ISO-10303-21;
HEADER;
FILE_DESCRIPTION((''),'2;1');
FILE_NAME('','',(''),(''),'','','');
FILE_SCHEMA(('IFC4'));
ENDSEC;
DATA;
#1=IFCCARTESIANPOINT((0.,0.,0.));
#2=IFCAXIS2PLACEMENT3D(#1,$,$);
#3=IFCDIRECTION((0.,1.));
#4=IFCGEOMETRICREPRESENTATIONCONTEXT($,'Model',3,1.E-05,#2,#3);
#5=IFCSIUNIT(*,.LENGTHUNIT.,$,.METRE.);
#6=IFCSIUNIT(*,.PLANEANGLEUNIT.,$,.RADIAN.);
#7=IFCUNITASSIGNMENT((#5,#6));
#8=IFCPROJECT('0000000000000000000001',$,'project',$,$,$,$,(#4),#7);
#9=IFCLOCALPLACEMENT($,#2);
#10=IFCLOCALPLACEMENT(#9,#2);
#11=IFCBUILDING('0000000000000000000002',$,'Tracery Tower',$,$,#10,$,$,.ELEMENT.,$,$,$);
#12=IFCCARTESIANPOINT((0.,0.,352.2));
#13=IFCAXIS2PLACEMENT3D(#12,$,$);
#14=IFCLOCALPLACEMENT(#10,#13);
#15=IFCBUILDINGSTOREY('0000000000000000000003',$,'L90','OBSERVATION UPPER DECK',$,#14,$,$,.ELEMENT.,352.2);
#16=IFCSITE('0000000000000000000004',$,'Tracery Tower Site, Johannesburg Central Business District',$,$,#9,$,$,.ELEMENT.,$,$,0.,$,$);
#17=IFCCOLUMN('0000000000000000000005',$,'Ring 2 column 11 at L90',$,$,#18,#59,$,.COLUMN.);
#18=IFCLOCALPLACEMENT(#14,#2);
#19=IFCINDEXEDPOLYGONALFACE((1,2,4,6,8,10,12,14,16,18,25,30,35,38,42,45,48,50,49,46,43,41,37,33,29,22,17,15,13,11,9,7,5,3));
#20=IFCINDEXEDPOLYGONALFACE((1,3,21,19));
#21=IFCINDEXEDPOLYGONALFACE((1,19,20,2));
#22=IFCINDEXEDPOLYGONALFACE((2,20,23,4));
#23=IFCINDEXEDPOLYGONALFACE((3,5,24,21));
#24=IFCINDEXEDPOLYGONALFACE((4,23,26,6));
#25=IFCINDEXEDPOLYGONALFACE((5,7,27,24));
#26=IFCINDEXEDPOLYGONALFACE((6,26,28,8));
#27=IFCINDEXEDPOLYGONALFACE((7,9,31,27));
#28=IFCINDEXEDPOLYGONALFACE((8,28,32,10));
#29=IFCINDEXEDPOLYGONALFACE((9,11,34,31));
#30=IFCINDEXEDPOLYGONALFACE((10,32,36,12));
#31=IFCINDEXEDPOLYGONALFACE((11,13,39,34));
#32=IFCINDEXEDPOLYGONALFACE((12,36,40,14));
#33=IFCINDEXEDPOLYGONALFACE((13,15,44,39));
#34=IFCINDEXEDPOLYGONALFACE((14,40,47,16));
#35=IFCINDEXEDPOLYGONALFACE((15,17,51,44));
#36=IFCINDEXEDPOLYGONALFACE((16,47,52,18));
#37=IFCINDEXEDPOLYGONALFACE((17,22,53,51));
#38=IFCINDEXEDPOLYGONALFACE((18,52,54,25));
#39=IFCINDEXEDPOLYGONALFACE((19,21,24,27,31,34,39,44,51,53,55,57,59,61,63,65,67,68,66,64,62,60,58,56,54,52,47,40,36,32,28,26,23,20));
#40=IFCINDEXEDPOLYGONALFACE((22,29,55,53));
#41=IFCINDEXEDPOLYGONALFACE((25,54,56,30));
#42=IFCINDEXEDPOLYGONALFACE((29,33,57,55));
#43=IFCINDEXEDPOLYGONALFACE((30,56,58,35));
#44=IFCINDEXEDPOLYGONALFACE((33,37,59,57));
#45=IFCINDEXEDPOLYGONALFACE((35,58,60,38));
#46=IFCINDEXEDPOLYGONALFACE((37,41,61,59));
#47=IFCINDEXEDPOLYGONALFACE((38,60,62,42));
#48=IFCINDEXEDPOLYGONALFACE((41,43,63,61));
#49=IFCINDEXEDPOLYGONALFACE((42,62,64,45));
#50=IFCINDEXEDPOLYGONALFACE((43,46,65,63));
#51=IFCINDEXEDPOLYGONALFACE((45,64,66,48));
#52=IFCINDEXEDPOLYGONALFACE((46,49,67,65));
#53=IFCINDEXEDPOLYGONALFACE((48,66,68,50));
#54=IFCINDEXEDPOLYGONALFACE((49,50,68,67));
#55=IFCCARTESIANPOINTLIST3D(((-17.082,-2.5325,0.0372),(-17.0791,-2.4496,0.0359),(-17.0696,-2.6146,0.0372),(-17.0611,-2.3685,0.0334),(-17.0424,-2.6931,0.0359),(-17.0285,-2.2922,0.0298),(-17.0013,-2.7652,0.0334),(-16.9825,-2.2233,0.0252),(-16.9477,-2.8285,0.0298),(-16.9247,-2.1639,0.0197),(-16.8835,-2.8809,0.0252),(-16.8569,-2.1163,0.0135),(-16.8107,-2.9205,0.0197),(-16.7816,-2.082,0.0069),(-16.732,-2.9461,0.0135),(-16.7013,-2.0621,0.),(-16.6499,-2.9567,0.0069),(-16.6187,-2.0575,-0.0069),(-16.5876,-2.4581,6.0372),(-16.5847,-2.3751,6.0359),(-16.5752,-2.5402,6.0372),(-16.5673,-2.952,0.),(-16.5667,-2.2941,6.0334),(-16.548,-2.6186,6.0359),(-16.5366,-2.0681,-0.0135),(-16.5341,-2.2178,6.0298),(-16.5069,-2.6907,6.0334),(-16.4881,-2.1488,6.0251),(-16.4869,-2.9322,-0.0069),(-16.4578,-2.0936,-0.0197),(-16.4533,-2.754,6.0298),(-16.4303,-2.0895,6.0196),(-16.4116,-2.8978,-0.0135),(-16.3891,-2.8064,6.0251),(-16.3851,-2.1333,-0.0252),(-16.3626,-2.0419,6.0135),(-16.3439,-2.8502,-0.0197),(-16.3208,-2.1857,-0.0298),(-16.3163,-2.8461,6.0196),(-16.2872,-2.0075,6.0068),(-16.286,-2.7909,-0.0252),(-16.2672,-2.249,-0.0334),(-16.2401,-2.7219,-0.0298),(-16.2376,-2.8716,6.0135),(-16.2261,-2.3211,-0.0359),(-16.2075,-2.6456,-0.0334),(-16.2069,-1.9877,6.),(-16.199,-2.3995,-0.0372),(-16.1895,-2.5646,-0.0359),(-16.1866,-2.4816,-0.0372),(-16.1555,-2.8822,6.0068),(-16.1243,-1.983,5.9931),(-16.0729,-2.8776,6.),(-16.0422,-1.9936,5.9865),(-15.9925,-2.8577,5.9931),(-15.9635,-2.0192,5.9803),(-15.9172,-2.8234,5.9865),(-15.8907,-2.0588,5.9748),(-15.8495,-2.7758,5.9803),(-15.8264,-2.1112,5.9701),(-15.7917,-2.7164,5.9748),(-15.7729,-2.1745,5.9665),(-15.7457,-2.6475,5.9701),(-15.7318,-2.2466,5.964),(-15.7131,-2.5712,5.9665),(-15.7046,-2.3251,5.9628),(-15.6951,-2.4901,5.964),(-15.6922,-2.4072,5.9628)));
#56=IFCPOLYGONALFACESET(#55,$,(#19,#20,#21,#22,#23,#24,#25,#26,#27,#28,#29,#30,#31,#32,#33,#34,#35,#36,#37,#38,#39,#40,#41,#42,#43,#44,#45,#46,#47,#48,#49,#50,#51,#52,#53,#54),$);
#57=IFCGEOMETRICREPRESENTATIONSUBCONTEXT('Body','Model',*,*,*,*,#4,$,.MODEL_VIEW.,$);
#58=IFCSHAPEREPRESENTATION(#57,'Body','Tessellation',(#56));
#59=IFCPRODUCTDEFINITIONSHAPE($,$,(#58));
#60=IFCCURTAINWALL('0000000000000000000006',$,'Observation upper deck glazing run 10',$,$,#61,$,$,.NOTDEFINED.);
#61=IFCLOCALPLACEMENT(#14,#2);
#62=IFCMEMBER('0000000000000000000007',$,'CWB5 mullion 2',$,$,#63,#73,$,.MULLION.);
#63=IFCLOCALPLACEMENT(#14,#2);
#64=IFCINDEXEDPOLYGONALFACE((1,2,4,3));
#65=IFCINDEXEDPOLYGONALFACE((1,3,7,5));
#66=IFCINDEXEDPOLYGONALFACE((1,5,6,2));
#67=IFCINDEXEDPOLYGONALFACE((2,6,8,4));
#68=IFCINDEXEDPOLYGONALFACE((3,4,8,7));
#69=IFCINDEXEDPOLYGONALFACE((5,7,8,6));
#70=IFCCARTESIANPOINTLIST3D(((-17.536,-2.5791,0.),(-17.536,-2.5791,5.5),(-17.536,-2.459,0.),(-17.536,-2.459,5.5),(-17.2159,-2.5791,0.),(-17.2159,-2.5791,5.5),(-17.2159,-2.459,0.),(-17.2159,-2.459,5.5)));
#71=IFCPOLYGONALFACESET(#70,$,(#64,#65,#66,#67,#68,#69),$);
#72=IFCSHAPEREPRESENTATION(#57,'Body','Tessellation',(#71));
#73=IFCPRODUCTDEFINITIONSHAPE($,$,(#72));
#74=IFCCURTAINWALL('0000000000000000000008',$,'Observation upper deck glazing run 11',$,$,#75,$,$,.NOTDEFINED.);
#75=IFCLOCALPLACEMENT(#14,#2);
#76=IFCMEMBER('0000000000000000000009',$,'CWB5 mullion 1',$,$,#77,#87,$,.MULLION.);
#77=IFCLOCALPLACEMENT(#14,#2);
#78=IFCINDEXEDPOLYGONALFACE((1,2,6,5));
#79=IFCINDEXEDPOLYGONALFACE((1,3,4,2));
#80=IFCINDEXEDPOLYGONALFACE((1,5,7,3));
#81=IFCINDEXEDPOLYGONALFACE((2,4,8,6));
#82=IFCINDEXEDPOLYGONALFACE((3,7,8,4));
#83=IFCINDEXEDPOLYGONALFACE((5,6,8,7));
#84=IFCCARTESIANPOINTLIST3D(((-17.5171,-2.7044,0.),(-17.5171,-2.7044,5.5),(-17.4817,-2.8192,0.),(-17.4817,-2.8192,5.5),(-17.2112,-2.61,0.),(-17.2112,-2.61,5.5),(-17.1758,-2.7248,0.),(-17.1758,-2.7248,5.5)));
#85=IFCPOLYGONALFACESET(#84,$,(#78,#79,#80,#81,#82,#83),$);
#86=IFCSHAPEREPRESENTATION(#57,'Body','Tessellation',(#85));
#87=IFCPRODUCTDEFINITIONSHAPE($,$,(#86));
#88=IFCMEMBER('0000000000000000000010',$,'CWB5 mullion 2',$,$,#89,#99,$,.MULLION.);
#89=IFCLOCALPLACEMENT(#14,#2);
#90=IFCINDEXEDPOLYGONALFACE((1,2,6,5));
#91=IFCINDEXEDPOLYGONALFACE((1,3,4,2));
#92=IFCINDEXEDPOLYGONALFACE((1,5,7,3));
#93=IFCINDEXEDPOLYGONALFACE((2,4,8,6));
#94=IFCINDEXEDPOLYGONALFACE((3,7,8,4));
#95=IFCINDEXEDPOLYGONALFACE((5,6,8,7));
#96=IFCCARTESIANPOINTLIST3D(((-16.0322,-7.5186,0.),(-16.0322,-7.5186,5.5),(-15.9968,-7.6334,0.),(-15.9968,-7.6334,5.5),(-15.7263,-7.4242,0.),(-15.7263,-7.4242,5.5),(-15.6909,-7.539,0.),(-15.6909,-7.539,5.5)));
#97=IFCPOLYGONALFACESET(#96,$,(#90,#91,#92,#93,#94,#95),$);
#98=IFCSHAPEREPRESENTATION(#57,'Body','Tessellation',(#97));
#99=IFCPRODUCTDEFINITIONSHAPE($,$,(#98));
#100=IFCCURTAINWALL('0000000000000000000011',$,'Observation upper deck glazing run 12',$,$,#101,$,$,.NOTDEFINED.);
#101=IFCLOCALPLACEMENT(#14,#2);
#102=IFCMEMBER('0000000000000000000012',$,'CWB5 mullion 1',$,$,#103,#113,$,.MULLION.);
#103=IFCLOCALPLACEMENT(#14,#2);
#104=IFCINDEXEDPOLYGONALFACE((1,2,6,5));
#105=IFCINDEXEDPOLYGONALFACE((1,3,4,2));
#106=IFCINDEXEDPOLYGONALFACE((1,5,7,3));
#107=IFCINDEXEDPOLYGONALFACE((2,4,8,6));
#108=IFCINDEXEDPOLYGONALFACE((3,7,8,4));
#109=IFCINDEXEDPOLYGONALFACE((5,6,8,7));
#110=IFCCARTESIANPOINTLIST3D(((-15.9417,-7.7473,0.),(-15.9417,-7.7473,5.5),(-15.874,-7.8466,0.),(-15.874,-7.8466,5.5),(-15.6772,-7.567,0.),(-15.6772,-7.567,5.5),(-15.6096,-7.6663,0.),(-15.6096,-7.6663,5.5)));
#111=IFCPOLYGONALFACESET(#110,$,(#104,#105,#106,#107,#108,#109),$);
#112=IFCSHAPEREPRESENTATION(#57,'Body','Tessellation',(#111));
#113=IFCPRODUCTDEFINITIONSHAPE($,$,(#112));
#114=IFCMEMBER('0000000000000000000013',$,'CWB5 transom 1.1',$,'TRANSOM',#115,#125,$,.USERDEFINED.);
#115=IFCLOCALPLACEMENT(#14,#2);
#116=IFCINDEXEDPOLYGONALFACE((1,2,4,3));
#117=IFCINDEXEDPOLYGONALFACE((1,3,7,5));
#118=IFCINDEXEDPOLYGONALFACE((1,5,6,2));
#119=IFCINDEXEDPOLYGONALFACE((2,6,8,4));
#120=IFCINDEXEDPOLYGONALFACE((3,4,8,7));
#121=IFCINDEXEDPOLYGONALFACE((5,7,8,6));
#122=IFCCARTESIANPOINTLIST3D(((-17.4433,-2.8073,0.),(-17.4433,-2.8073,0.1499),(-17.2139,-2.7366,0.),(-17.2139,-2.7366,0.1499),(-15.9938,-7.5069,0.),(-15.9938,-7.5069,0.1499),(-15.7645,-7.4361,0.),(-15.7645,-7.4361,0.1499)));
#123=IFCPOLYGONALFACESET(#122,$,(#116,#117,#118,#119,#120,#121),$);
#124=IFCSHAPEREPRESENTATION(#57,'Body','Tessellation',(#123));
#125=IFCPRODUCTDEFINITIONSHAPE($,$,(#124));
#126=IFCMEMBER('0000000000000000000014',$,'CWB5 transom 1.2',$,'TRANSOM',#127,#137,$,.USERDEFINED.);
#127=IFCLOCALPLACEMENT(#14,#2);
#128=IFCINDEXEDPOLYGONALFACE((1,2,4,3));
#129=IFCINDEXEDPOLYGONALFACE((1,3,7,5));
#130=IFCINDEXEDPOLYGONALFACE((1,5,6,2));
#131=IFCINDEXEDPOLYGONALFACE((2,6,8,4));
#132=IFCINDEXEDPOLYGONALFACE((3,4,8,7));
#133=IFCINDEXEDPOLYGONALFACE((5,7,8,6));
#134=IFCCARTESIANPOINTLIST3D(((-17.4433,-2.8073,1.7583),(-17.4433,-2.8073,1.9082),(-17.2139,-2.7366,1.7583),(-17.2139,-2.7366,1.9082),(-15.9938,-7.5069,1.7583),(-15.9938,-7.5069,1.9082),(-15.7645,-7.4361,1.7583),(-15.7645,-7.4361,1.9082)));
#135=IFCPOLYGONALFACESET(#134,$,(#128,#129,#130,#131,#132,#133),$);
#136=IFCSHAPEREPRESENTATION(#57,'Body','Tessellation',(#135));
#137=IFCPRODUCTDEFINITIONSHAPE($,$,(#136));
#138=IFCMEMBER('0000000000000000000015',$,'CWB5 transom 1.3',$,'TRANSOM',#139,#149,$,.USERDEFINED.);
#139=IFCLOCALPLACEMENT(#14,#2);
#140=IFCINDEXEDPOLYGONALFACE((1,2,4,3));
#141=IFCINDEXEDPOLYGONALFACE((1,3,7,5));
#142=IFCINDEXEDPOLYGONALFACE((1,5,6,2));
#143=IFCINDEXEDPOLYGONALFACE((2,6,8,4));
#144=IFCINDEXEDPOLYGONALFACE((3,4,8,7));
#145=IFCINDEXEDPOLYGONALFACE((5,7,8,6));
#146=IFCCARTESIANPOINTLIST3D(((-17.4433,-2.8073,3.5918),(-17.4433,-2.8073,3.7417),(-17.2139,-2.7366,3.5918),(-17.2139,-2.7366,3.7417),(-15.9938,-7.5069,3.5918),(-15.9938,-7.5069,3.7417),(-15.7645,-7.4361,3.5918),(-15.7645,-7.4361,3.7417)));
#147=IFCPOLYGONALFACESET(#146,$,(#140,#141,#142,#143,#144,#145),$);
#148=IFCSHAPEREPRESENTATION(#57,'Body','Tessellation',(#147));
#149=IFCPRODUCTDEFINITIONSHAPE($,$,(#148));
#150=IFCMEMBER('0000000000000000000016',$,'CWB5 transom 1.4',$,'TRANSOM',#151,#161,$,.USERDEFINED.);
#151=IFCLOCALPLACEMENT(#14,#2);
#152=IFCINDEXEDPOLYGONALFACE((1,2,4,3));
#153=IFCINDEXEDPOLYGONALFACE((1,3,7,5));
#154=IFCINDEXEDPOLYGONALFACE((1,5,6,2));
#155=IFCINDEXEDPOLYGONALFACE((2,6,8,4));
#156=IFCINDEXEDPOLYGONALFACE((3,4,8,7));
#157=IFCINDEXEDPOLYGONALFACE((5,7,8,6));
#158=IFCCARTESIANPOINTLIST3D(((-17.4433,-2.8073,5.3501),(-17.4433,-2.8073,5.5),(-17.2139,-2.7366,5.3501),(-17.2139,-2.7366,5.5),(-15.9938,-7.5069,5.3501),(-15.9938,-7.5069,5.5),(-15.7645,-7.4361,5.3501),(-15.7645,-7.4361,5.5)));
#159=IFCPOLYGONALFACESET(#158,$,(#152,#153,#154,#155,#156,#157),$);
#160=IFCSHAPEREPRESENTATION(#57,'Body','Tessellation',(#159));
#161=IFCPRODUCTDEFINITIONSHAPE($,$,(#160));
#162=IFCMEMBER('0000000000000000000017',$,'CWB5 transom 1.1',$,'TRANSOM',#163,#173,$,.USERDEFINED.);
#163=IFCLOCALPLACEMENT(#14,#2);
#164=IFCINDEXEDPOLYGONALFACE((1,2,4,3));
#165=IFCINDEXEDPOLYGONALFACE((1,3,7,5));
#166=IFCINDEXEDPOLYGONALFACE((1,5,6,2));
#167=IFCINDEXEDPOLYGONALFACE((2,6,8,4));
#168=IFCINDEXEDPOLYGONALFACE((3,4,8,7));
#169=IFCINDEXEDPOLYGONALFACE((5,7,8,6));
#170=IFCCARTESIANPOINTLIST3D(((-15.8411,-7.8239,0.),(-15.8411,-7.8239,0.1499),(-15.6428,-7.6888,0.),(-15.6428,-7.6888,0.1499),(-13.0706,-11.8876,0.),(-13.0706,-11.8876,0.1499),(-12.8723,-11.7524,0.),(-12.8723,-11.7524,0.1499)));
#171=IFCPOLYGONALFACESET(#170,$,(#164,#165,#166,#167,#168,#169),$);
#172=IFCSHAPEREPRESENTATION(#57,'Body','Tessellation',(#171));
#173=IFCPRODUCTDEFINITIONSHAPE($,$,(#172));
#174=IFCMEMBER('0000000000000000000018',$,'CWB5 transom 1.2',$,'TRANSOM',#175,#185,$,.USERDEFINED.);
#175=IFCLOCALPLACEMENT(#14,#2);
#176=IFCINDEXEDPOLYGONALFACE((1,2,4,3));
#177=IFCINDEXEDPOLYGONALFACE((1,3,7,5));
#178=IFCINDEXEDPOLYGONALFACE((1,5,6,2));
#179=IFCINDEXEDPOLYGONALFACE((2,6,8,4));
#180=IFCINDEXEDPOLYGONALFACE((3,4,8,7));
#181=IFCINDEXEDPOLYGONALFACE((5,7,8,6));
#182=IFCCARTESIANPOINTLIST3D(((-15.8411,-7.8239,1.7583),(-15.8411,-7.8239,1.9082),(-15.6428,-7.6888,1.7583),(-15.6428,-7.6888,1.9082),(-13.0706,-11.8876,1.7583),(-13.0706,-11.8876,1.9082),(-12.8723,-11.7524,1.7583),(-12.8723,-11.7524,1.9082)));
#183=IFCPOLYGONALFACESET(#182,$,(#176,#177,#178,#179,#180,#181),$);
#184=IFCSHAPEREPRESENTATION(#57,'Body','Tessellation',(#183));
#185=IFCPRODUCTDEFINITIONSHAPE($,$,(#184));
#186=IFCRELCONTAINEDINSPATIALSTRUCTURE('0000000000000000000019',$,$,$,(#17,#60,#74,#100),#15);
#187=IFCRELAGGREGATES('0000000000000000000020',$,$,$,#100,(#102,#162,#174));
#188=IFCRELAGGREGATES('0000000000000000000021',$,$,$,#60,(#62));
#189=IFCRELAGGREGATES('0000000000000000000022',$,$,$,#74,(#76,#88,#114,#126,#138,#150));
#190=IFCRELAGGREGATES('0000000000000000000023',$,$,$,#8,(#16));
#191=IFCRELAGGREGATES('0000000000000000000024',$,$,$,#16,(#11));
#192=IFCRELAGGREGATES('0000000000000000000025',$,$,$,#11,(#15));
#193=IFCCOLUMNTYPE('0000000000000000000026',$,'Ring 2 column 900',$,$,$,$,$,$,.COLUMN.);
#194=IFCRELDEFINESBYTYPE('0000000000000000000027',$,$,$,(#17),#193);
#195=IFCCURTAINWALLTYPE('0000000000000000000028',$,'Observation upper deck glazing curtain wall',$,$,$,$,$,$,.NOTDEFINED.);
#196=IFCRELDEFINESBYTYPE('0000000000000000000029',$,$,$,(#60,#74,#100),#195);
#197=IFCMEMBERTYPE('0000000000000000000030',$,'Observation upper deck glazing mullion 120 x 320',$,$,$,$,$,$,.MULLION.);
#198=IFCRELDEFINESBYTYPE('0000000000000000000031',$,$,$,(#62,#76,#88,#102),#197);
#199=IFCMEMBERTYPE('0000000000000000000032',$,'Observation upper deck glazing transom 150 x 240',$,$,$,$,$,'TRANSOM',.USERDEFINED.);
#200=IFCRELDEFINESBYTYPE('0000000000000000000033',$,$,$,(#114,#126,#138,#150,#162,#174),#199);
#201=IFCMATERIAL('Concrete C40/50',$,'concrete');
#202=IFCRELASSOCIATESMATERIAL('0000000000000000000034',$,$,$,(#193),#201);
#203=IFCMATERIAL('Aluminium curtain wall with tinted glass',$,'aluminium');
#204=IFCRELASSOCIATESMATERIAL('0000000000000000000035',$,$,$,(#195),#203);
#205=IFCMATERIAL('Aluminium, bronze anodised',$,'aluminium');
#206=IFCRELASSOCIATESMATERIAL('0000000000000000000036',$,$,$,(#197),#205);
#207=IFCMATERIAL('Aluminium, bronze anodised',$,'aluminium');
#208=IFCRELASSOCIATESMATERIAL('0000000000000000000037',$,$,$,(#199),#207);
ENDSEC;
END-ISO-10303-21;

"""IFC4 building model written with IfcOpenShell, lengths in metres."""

from ifc_helpers import new_model, si_unit, direction, frame, origin, origin_2d, place, context, subcontext, project, spatial, rectangle, circle, extrude, material, material_profile, profile_set, type_object, element, aggregate, save


model = new_model("IFC4")

# Units and contexts
model_context = context("Model", 3, precision=1e-05, world=origin(), true_north=direction((0.0, 1.0)))
body_context = subcontext(model_context, "Body", "Model", "MODEL_VIEW")
ifc_project = project(units=[si_unit("LENGTHUNIT", "METRE"), si_unit("PLANEANGLEUNIT", "RADIAN")], contexts=[model_context])

# Site, building, storey
site_placement = place(None, origin())
site = spatial("IfcSite", under=ifc_project, at=site_placement, Name="Tracery Tower Site, Johannesburg Central Business District", CompositionType="ELEMENT", RefElevation=0.0)
building_placement = place(site_placement, origin())
building = spatial("IfcBuilding", under=site, at=building_placement, Name="Tracery Tower", CompositionType="ELEMENT")
storey_placement = place(building_placement, frame((0.0, 0.0, 352.2)))
storey = spatial("IfcBuildingStorey", under=building, at=storey_placement, Name="L90", Description="OBSERVATION UPPER DECK", CompositionType="ELEMENT", Elevation=352.2)

# Column
ifc_material_1 = material(Name="Concrete C40/50", Category="concrete")
ifc_material_profile_1 = material_profile(ifc_material_1, circle(Radius=0.45, at=origin_2d()), Name="RC D900")
ifc_profile_set_1 = profile_set([ifc_material_profile_1], Name="Concrete C40/50")
column_type = type_object("IfcColumnType", Name="Ring 2 column 900", PredefinedType="COLUMN", material=ifc_profile_set_1)
column_placement = place(storey_placement, frame((-16.6343, -2.5071, 0.0), z_axis=(0.082113, 0.012368, 0.996546), x_axis=(-0.148937, 0.988847, 0.0)))
element("IfcColumn", 1, at=column_placement, inside=storey, type_object=column_type, Name="Ring 2 column 11 at L90", PredefinedType="COLUMN", context=body_context, shape_type="SweptSolid", body=[
    extrude(circle(Radius=0.45, at=origin_2d()), origin(), (0.0, 0.0, 1.0), 6.0208),
])

# Curtain wall, member
ifc_material_2 = material(Name="Aluminium curtain wall with tinted glass", Category="aluminium")
curtain_wall_type = type_object("IfcCurtainWallType", Name="Observation upper deck glazing curtain wall", PredefinedType="NOTDEFINED", material=ifc_material_2)
curtain_wall_1_placement = place(storey_placement, origin())
curtain_wall_1 = element("IfcCurtainWall", 2, at=curtain_wall_1_placement, inside=storey, type_object=curtain_wall_type, Name="Observation upper deck glazing run 10", PredefinedType="NOTDEFINED")
ifc_material_3 = material(Name="Aluminium, bronze anodised", Category="aluminium")
ifc_material_profile_2 = material_profile(ifc_material_3, rectangle(XDim=0.3201, YDim=0.1201, at=origin_2d()), Name="Observation upper deck glazing mullion 120 x 320")
ifc_profile_set_2 = profile_set([ifc_material_profile_2], Name="Aluminium, bronze anodised")
member_type_1 = type_object("IfcMemberType", Name="Observation upper deck glazing mullion 120 x 320", PredefinedType="MULLION", material=ifc_profile_set_2)
member_1_placement = place(storey_placement, frame((-17.376, -2.519, 0.0), z_axis=(0.0, 0.0, 1.0), x_axis=(1.0, 0.0, 0.0)))
member_1 = element("IfcMember", 3, at=member_1_placement, type_object=member_type_1, Name="CWB5 mullion 2", PredefinedType="MULLION", context=body_context, shape_type="SweptSolid", body=[
    extrude(rectangle(XDim=0.3201, YDim=0.1201, at=origin_2d()), origin(), (0.0, 0.0, 1.0), 5.5),
])

# Curtain wall, members
curtain_wall_2_placement = place(storey_placement, origin())
curtain_wall_2 = element("IfcCurtainWall", 4, at=curtain_wall_2_placement, inside=storey, type_object=curtain_wall_type, Name="Observation upper deck glazing run 11", PredefinedType="NOTDEFINED")
member_2_placement = place(storey_placement, frame((-17.3464, -2.7146, 0.0), z_axis=(0.0, 0.0, 1.0), x_axis=(0.955576, 0.294744, 0.0)))
member_2 = element("IfcMember", 5, at=member_2_placement, type_object=member_type_1, Name="CWB5 mullion 1", PredefinedType="MULLION", context=body_context, shape_type="SweptSolid", body=[
    extrude(rectangle(XDim=0.3201, YDim=0.1201, at=origin_2d()), origin(), (0.0, 0.0, 1.0), 5.5),
])
member_3_placement = place(storey_placement, frame((-15.8616, -7.5288, 0.0), z_axis=(0.0, 0.0, 1.0), x_axis=(0.955576, 0.294744, 0.0)))
member_3 = element("IfcMember", 6, at=member_3_placement, type_object=member_type_1, Name="CWB5 mullion 2", PredefinedType="MULLION", context=body_context, shape_type="SweptSolid", body=[
    extrude(rectangle(XDim=0.3201, YDim=0.1201, at=origin_2d()), origin(), (0.0, 0.0, 1.0), 5.5),
])

# Curtain wall, member
curtain_wall_3_placement = place(storey_placement, origin())
curtain_wall_3 = element("IfcCurtainWall", 7, at=curtain_wall_3_placement, inside=storey, type_object=curtain_wall_type, Name="Observation upper deck glazing run 12", PredefinedType="NOTDEFINED")
member_4_placement = place(storey_placement, frame((-15.7756, -7.7068, 0.0), z_axis=(0.0, 0.0, 1.0), x_axis=(0.826243, 0.563314, 0.0)))
member_4 = element("IfcMember", 8, at=member_4_placement, type_object=member_type_1, Name="CWB5 mullion 1", PredefinedType="MULLION", context=body_context, shape_type="SweptSolid", body=[
    extrude(rectangle(XDim=0.3201, YDim=0.1201, at=origin_2d()), origin(), (0.0, 0.0, 1.0), 5.5),
])

# Members
ifc_material_4 = material(Name="Aluminium, bronze anodised", Category="aluminium")
ifc_material_profile_3 = material_profile(ifc_material_4, rectangle(XDim=0.24, YDim=0.1499, at=origin_2d()), Name="Observation upper deck glazing transom 150 x 240")
ifc_profile_set_3 = profile_set([ifc_material_profile_3], Name="Aluminium, bronze anodised")
member_type_2 = type_object("IfcMemberType", Name="Observation upper deck glazing transom 150 x 240", ElementType="TRANSOM", PredefinedType="USERDEFINED", material=ifc_profile_set_3)
member_5_placement = place(storey_placement, frame((-17.3286, -2.772, 0.075), z_axis=(0.294731, -0.95558, 0.0), x_axis=(0.95558, 0.294731, 0.0)))
member_5 = element("IfcMember", 9, at=member_5_placement, type_object=member_type_2, Name="CWB5 transom 1.1", ObjectType="TRANSOM", PredefinedType="USERDEFINED", context=body_context, shape_type="SweptSolid", body=[
    extrude(rectangle(XDim=0.24, YDim=0.1499, at=origin_2d()), origin(), (0.0, 0.0, 1.0), 4.918),
])
member_6_placement = place(storey_placement, frame((-17.3286, -2.772, 1.8333), z_axis=(0.294731, -0.95558, 0.0), x_axis=(0.95558, 0.294731, 0.0)))
member_6 = element("IfcMember", 10, at=member_6_placement, type_object=member_type_2, Name="CWB5 transom 1.2", ObjectType="TRANSOM", PredefinedType="USERDEFINED", context=body_context, shape_type="SweptSolid", body=[
    extrude(rectangle(XDim=0.24, YDim=0.1499, at=origin_2d()), origin(), (0.0, 0.0, 1.0), 4.918),
])
member_7_placement = place(storey_placement, frame((-17.3286, -2.772, 3.6667), z_axis=(0.294731, -0.95558, 0.0), x_axis=(0.95558, 0.294731, 0.0)))
member_7 = element("IfcMember", 11, at=member_7_placement, type_object=member_type_2, Name="CWB5 transom 1.3", ObjectType="TRANSOM", PredefinedType="USERDEFINED", context=body_context, shape_type="SweptSolid", body=[
    extrude(rectangle(XDim=0.24, YDim=0.1499, at=origin_2d()), origin(), (0.0, 0.0, 1.0), 4.918),
])
member_8_placement = place(storey_placement, frame((-17.3286, -2.772, 5.425), z_axis=(0.294731, -0.95558, 0.0), x_axis=(0.95558, 0.294731, 0.0)))
member_8 = element("IfcMember", 12, at=member_8_placement, type_object=member_type_2, Name="CWB5 transom 1.4", ObjectType="TRANSOM", PredefinedType="USERDEFINED", context=body_context, shape_type="SweptSolid", body=[
    extrude(rectangle(XDim=0.24, YDim=0.1499, at=origin_2d()), origin(), (0.0, 0.0, 1.0), 4.918),
])
member_9_placement = place(storey_placement, frame((-15.7419, -7.7563, 0.075), z_axis=(0.563308, -0.826247, 0.0), x_axis=(0.826247, 0.563308, 0.0)))
member_9 = element("IfcMember", 13, at=member_9_placement, type_object=member_type_2, Name="CWB5 transom 1.1", ObjectType="TRANSOM", PredefinedType="USERDEFINED", context=body_context, shape_type="SweptSolid", body=[
    extrude(rectangle(XDim=0.24, YDim=0.1499, at=origin_2d()), origin(), (0.0, 0.0, 1.0), 4.9182),
])
member_10_placement = place(storey_placement, frame((-15.7419, -7.7563, 1.8333), z_axis=(0.563308, -0.826247, 0.0), x_axis=(0.826247, 0.563308, 0.0)))
member_10 = element("IfcMember", 14, at=member_10_placement, type_object=member_type_2, Name="CWB5 transom 1.2", ObjectType="TRANSOM", PredefinedType="USERDEFINED", context=body_context, shape_type="SweptSolid", body=[
    extrude(rectangle(XDim=0.24, YDim=0.1499, at=origin_2d()), origin(), (0.0, 0.0, 1.0), 4.9182),
])
aggregate(curtain_wall_3, [member_4, member_9, member_10])

aggregate(curtain_wall_1, [member_1])
aggregate(curtain_wall_2, [member_2, member_3, member_5, member_6, member_7, member_8])

save(model, "model.ifc")
